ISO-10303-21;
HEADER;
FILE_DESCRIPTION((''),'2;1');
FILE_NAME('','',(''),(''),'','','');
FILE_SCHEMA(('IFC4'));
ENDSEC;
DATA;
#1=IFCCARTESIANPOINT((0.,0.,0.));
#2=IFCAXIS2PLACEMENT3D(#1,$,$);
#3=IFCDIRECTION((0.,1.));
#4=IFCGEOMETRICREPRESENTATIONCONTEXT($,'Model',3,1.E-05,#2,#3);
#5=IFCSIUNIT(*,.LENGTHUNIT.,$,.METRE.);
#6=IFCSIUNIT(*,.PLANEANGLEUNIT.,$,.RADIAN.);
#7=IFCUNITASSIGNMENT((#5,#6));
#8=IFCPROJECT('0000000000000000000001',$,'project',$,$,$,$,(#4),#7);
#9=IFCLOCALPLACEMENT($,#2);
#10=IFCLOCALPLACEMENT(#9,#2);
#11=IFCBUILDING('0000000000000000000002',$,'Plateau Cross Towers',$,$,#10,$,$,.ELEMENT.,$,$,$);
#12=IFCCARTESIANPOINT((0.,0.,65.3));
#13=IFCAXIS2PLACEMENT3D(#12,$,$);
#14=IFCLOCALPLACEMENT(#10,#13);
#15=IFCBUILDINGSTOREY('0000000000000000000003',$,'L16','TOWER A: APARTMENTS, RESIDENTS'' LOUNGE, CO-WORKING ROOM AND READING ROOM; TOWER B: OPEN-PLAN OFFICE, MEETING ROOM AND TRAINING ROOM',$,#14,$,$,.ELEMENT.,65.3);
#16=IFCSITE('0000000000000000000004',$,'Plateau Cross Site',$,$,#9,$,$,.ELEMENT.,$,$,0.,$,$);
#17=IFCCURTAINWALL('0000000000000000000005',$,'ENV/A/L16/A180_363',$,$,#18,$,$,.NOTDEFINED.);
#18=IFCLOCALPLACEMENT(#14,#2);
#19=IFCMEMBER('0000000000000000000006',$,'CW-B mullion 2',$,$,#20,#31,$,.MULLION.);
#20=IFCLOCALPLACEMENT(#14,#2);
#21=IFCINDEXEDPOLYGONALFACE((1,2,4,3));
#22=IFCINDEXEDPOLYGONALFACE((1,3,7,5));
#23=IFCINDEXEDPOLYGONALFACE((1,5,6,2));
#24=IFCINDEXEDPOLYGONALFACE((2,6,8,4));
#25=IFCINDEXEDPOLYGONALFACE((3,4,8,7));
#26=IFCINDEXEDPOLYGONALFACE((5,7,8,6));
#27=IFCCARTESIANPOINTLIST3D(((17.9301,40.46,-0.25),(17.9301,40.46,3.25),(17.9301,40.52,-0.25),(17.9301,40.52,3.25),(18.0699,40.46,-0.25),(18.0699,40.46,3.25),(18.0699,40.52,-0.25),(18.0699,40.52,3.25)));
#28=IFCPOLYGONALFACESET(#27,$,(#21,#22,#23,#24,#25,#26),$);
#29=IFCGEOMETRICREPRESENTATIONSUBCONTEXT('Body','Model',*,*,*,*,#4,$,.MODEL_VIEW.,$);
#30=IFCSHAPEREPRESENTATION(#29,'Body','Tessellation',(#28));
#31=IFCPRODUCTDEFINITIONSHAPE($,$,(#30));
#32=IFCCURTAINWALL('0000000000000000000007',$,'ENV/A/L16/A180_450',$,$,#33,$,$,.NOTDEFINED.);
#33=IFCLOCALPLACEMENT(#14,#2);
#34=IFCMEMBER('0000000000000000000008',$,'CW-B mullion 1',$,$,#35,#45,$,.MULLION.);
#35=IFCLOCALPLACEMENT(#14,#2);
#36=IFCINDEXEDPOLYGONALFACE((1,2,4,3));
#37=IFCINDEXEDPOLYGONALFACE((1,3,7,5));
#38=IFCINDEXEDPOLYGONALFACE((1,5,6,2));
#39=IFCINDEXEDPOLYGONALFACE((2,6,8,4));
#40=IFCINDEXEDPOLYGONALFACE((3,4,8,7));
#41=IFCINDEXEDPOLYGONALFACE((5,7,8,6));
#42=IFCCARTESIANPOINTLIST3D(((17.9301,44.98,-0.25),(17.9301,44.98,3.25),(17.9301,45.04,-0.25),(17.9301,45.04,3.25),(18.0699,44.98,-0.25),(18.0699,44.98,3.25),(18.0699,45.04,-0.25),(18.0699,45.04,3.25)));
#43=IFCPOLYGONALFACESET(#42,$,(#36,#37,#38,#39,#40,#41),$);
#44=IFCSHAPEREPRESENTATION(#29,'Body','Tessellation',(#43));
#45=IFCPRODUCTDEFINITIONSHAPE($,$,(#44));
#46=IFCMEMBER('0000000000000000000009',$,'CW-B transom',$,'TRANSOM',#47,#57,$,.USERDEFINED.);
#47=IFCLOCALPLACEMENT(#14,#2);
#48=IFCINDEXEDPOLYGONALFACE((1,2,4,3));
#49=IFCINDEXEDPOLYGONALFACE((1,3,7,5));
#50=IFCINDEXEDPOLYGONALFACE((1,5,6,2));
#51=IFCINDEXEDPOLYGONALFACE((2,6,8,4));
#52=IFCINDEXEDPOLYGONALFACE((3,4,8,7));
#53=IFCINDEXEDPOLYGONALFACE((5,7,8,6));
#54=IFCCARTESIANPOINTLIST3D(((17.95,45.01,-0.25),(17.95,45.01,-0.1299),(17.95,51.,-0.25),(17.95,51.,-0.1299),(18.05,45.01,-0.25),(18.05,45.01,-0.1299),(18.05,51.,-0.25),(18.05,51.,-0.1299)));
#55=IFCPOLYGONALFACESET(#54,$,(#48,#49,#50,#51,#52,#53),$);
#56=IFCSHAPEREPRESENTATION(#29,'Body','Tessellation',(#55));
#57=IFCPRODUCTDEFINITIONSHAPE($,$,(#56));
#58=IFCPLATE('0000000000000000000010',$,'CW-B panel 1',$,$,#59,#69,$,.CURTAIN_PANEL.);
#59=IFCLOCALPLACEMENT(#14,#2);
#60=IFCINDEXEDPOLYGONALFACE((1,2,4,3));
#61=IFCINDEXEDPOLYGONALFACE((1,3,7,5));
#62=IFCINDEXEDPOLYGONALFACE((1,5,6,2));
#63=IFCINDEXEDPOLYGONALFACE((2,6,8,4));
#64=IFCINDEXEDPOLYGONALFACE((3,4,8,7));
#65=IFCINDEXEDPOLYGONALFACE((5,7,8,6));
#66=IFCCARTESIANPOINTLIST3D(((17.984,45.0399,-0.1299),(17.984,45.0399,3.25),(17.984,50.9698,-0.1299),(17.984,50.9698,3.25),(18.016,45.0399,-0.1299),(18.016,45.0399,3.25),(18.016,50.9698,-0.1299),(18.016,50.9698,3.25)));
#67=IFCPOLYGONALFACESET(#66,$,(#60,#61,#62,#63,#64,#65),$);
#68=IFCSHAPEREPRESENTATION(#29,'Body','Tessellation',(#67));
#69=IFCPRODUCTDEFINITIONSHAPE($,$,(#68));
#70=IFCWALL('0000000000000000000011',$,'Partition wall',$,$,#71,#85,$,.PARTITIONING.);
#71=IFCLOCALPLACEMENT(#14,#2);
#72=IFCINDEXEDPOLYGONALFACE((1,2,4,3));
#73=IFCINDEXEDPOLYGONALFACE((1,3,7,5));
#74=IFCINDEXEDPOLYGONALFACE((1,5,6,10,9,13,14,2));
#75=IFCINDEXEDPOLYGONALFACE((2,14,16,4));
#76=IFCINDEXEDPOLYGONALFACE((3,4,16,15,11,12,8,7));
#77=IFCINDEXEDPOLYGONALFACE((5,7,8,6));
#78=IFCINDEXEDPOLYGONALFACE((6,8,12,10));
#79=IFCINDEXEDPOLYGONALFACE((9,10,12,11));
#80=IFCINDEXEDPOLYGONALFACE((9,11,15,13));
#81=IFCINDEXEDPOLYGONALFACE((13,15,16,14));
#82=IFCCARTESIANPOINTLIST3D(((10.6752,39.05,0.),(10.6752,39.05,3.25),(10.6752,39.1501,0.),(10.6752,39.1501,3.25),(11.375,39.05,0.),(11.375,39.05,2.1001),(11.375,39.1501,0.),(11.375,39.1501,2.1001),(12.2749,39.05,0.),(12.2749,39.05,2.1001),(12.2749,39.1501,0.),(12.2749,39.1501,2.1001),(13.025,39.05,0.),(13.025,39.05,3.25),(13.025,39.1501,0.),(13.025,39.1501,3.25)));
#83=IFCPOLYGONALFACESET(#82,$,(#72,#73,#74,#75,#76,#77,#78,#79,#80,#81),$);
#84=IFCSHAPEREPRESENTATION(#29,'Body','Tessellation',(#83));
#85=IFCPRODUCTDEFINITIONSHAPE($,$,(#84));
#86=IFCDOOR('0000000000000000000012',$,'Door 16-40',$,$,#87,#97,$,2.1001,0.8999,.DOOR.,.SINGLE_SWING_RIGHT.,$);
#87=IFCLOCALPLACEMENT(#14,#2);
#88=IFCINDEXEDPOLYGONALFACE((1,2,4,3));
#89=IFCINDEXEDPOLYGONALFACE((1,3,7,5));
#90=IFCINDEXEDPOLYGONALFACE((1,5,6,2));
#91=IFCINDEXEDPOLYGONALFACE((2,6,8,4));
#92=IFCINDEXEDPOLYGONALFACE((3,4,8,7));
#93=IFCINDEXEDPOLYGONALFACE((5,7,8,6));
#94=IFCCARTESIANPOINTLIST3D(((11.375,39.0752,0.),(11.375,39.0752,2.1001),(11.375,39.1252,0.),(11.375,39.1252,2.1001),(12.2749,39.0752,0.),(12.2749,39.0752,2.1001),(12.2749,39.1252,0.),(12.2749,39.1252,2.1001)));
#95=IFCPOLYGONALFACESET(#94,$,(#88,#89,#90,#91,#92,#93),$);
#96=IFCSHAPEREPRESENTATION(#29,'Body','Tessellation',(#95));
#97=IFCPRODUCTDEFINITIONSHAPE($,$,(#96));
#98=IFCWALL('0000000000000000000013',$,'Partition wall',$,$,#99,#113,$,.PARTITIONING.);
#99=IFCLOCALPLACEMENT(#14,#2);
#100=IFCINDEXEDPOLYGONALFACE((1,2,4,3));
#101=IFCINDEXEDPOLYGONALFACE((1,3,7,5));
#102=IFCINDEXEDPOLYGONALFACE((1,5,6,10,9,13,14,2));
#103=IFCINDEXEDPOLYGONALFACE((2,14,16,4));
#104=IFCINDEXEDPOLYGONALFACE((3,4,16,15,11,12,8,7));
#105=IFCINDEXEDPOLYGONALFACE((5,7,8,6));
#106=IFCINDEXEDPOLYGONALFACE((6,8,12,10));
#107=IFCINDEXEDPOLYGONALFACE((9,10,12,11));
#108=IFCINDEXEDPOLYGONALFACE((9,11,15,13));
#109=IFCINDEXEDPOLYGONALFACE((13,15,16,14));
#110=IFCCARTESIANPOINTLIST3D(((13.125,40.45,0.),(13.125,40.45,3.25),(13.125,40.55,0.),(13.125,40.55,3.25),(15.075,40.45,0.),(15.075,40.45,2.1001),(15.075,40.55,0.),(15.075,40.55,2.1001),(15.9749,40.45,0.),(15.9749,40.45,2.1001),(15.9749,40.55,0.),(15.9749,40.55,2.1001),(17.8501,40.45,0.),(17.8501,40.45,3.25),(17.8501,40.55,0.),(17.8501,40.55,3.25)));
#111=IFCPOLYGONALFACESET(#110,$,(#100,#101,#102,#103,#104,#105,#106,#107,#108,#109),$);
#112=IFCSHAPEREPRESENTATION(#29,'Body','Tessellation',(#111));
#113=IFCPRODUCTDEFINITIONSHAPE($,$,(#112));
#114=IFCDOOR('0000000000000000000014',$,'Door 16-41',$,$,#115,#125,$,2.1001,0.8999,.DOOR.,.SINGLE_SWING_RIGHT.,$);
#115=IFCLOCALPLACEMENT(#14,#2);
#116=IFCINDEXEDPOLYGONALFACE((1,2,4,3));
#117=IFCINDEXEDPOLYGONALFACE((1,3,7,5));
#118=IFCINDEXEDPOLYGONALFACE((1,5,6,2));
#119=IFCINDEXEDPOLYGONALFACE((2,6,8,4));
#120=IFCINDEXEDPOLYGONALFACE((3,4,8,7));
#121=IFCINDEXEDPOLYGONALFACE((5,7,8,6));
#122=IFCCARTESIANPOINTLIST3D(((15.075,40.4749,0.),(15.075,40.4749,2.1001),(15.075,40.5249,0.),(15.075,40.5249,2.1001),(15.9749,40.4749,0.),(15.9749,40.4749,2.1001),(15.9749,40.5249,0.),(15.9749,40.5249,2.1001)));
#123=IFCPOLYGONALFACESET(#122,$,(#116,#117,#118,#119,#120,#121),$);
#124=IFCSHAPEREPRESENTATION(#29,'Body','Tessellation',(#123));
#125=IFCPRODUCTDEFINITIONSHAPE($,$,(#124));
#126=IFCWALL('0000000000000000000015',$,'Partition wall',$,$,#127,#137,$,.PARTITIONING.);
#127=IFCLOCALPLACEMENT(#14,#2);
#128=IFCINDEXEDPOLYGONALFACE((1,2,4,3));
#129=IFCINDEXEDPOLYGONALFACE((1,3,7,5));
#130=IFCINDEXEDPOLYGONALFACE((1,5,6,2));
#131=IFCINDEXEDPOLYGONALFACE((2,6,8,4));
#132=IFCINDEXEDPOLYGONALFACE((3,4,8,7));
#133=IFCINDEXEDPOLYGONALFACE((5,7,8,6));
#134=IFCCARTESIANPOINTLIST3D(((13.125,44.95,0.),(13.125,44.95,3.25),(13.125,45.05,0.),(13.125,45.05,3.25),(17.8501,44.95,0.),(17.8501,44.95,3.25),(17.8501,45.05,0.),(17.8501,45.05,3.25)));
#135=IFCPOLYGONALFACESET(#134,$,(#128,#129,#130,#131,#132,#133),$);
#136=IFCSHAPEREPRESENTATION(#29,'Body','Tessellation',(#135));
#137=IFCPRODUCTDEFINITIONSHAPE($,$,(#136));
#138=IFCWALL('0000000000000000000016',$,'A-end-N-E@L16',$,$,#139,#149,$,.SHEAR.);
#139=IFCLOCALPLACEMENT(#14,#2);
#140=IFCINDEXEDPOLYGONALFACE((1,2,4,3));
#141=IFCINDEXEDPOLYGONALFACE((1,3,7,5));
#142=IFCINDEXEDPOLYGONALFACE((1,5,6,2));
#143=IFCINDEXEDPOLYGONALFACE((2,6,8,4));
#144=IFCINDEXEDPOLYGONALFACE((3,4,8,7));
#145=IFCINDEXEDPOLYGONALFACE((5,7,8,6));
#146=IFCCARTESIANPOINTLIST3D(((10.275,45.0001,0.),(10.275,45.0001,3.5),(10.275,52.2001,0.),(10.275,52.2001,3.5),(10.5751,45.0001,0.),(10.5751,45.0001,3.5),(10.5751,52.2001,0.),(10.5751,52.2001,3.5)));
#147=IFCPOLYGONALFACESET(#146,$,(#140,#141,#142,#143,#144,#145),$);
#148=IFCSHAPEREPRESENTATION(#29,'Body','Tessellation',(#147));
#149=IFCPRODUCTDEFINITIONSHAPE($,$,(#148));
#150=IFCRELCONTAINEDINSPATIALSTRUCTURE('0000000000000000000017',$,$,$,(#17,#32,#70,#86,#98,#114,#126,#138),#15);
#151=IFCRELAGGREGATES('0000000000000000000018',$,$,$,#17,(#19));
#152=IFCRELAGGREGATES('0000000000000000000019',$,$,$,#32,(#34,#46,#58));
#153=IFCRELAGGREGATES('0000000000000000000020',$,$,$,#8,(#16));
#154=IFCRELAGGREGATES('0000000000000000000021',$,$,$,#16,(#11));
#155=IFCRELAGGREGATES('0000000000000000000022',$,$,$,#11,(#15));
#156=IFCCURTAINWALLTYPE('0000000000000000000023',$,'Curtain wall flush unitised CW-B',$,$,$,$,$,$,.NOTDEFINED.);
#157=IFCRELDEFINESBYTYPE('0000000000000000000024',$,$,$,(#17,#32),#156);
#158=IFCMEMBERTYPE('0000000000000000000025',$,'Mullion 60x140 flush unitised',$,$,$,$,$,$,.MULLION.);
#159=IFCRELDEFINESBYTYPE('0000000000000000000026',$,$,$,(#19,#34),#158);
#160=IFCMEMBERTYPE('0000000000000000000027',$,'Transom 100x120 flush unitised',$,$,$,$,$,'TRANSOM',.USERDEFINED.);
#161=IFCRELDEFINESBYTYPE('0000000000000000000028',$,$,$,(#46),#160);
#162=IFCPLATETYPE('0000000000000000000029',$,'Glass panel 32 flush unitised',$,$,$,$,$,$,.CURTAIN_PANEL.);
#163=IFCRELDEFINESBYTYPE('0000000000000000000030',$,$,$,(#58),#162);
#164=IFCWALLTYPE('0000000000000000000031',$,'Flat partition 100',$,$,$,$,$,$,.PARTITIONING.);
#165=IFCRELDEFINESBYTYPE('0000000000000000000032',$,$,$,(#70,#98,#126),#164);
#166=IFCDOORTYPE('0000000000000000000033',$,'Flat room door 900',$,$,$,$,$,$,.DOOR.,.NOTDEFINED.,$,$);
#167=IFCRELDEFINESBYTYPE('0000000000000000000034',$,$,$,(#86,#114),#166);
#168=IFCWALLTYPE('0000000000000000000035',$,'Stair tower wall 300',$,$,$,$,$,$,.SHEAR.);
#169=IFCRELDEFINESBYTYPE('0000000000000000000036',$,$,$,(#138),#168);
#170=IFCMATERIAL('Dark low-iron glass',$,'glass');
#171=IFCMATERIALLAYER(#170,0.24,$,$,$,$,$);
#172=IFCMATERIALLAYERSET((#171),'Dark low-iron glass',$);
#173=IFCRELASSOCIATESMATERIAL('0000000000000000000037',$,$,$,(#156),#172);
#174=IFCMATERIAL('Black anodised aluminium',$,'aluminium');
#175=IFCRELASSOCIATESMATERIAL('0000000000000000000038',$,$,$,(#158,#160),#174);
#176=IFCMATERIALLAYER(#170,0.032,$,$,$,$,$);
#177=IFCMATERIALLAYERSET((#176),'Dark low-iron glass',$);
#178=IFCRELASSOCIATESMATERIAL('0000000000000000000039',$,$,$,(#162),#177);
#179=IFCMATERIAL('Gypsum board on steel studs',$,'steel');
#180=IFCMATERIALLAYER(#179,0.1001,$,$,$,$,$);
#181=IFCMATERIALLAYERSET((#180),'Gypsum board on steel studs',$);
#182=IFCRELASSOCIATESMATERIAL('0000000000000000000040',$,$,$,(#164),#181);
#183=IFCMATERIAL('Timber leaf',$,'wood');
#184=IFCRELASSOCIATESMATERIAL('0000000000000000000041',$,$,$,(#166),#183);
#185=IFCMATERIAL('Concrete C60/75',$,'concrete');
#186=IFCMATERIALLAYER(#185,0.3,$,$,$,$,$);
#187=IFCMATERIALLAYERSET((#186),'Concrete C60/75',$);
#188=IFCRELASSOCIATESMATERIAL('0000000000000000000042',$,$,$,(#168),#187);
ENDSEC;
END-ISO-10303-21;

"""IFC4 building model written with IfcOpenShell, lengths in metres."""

from ifc_helpers import new_model, si_unit, direction, frame, frame_2d, origin, origin_2d, place, context, subcontext, project, spatial, rectangle, extrude, material, layer, layer_set, material_profile, profile_set, type_object, element, fill, aggregate, save


model = new_model("IFC4")

# Units and contexts
model_context = context("Model", 3, precision=1e-05, world=origin(), true_north=direction((0.0, 1.0)))
body_context = subcontext(model_context, "Body", "Model", "MODEL_VIEW")
ifc_project = project(units=[si_unit("LENGTHUNIT", "METRE"), si_unit("PLANEANGLEUNIT", "RADIAN")], contexts=[model_context])

# Site, building, storey
site_placement = place(None, origin())
site = spatial("IfcSite", under=ifc_project, at=site_placement, Name="Plateau Cross Site", CompositionType="ELEMENT", RefElevation=0.0)
building_placement = place(site_placement, origin())
building = spatial("IfcBuilding", under=site, at=building_placement, Name="Plateau Cross Towers", CompositionType="ELEMENT")
storey_placement = place(building_placement, frame((0.0, 0.0, 65.3)))
storey = spatial("IfcBuildingStorey", under=building, at=storey_placement, Name="L16", Description="TOWER A: APARTMENTS, RESIDENTS' LOUNGE, CO-WORKING ROOM AND READING ROOM; TOWER B: OPEN-PLAN OFFICE, MEETING ROOM AND TRAINING ROOM", CompositionType="ELEMENT", Elevation=65.3)

# Curtain wall, member
ifc_material_1 = material(Name="Dark low-iron glass", Category="glass")
ifc_layer_1 = layer(ifc_material_1, 0.24)
ifc_layer_set_1 = layer_set([ifc_layer_1], Name="Dark low-iron glass")
curtain_wall_type = type_object("IfcCurtainWallType", Name="Curtain wall flush unitised CW-B", PredefinedType="NOTDEFINED", material=ifc_layer_set_1)
curtain_wall_1_placement = place(storey_placement, origin())
curtain_wall_1 = element("IfcCurtainWall", 1, at=curtain_wall_1_placement, inside=storey, type_object=curtain_wall_type, Name="ENV/A/L16/A180_363", PredefinedType="NOTDEFINED")
ifc_material_2 = material(Name="Black anodised aluminium", Category="aluminium")
ifc_material_profile_1 = material_profile(ifc_material_2, rectangle(XDim=0.0601, YDim=0.1399, at=origin_2d()), Name="MULLION 60x140")
ifc_profile_set_1 = profile_set([ifc_material_profile_1], Name="Black anodised aluminium")
member_type_1 = type_object("IfcMemberType", Name="Mullion 60x140 flush unitised", PredefinedType="MULLION", material=ifc_profile_set_1)
member_1_placement = place(storey_placement, frame((18.0, 40.49, -0.25), z_axis=(0.0, 0.0, 1.0), x_axis=(0.0, 1.0, 0.0)))
member_1 = element("IfcMember", 2, at=member_1_placement, type_object=member_type_1, Name="CW-B mullion 2", PredefinedType="MULLION", context=body_context, shape_type="SweptSolid", body=[
    extrude(rectangle(XDim=0.0601, YDim=0.1399, at=origin_2d()), origin(), (0.0, 0.0, 1.0), 3.5),
])
aggregate(curtain_wall_1, [member_1])

# Curtain wall, members, plate
curtain_wall_2_placement = place(storey_placement, origin())
curtain_wall_2 = element("IfcCurtainWall", 3, at=curtain_wall_2_placement, inside=storey, type_object=curtain_wall_type, Name="ENV/A/L16/A180_450", PredefinedType="NOTDEFINED")
member_2_placement = place(storey_placement, frame((18.0, 45.01, -0.25), z_axis=(0.0, 0.0, 1.0), x_axis=(0.0, 1.0, 0.0)))
member_2 = element("IfcMember", 4, at=member_2_placement, type_object=member_type_1, Name="CW-B mullion 1", PredefinedType="MULLION", context=body_context, shape_type="SweptSolid", body=[
    extrude(rectangle(XDim=0.0601, YDim=0.1399, at=origin_2d()), origin(), (0.0, 0.0, 1.0), 3.5),
])
ifc_material_profile_2 = material_profile(ifc_material_2, rectangle(XDim=0.1001, YDim=0.1201, at=origin_2d()), Name="TRANSOM 100x120")
ifc_profile_set_2 = profile_set([ifc_material_profile_2], Name="Black anodised aluminium")
member_type_2 = type_object("IfcMemberType", Name="Transom 100x120 flush unitised", ElementType="TRANSOM", PredefinedType="USERDEFINED", material=ifc_profile_set_2)
member_3_placement = place(storey_placement, frame((18.0, 45.01, -0.1899), z_axis=(0.0, 1.0, 0.0), x_axis=(-1.0, 0.0, 0.0)))
member_3 = element("IfcMember", 5, at=member_3_placement, type_object=member_type_2, Name="CW-B transom", ObjectType="TRANSOM", PredefinedType="USERDEFINED", context=body_context, shape_type="SweptSolid", body=[
    extrude(rectangle(XDim=0.1001, YDim=0.1201, at=origin_2d()), origin(), (0.0, 0.0, 1.0), 5.99),
])
ifc_layer_2 = layer(ifc_material_1, 0.032)
ifc_layer_set_2 = layer_set([ifc_layer_2], Name="Dark low-iron glass")
plate_type = type_object("IfcPlateType", Name="Glass panel 32 flush unitised", PredefinedType="CURTAIN_PANEL", material=ifc_layer_set_2)
plate_placement = place(storey_placement, frame((18.0, 48.0049, -0.1299), z_axis=(0.0, 0.0, 1.0), x_axis=(0.0, 1.0, 0.0)))
plate = element("IfcPlate", 6, at=plate_placement, type_object=plate_type, Name="CW-B panel 1", PredefinedType="CURTAIN_PANEL", context=body_context, shape_type="SweptSolid", body=[
    extrude(rectangle(XDim=5.9299, YDim=0.032, at=origin_2d()), origin(), (0.0, 0.0, 1.0), 3.3799),
])
aggregate(curtain_wall_2, [member_2, member_3, plate])

# Walls, openings, doors
ifc_material_3 = material(Name="Gypsum board on steel studs", Category="steel")
ifc_layer_3 = layer(ifc_material_3, 0.1001)
ifc_layer_set_3 = layer_set([ifc_layer_3], Name="Gypsum board on steel studs")
wall_type_1 = type_object("IfcWallType", Name="Flat partition 100", PredefinedType="PARTITIONING", material=ifc_layer_set_3)
wall_1_placement = place(storey_placement, frame((13.0249, 39.1001, 0.0), z_axis=(0.0, 0.0, 1.0), x_axis=(-1.0, 0.0, 0.0)))
wall_1 = element("IfcWall", 7, at=wall_1_placement, inside=storey, type_object=wall_type_1, Name="Partition wall", PredefinedType="PARTITIONING", context=body_context, shape_type="SweptSolid", body=[
    extrude(rectangle(XDim=2.3499, YDim=0.1001, at=frame_2d((1.1748, 0.0))), origin(), (0.0, 0.0, 1.0), 3.25),
])
opening_1_placement = place(wall_1_placement, frame((0.75, 0.0, 0.0)))
opening_1 = element("IfcOpeningElement", 8, at=opening_1_placement, cuts=wall_1, PredefinedType="OPENING", context=body_context, shape_type="SweptSolid", body=[
    extrude(rectangle(XDim=0.8999, YDim=2.1001, at=frame_2d((0.45, 1.05))), frame((0.0, 0.0601, 0.0), z_axis=(0.0, -1.0, 0.0), x_axis=(1.0, 0.0, 0.0)), (0.0, 0.0, 1.0), 0.1201),
])
ifc_material_4 = material(Name="Timber leaf", Category="wood")
door_type_1 = type_object("IfcDoorType", Name="Flat room door 900", OperationType="NOTDEFINED", PredefinedType="DOOR", material=ifc_material_4)
door_1_placement = place(opening_1_placement, origin())
door_1 = element("IfcDoor", 9, at=door_1_placement, inside=storey, type_object=door_type_1, Name="Door 16-40", OperationType="SINGLE_SWING_RIGHT", OverallHeight=2.1001, OverallWidth=0.8999, PredefinedType="DOOR", context=body_context, shape_type="SweptSolid", body=[
    extrude(rectangle(XDim=0.8999, YDim=2.1001, at=frame_2d((0.45, 1.05))), frame((0.0, 0.0249, 0.0), z_axis=(0.0, -1.0, 0.0), x_axis=(1.0, 0.0, 0.0)), (0.0, 0.0, 1.0), 0.05),
])
fill(opening_1, door_1)
wall_2_placement = place(storey_placement, frame((13.125, 40.5, 0.0), z_axis=(0.0, 0.0, 1.0), x_axis=(1.0, 0.0, 0.0)))
wall_2 = element("IfcWall", 10, at=wall_2_placement, inside=storey, type_object=wall_type_1, Name="Partition wall", PredefinedType="PARTITIONING", context=body_context, shape_type="SweptSolid", body=[
    extrude(rectangle(XDim=4.7251, YDim=0.1001, at=frame_2d((2.3625, 0.0))), origin(), (0.0, 0.0, 1.0), 3.25),
])
opening_2_placement = place(wall_2_placement, frame((1.95, 0.0, 0.0)))
opening_2 = element("IfcOpeningElement", 11, at=opening_2_placement, cuts=wall_2, PredefinedType="OPENING", context=body_context, shape_type="SweptSolid", body=[
    extrude(rectangle(XDim=0.8999, YDim=2.1001, at=frame_2d((0.45, 1.05))), frame((0.0, 0.0601, 0.0), z_axis=(0.0, -1.0, 0.0), x_axis=(1.0, 0.0, 0.0)), (0.0, 0.0, 1.0), 0.1201),
])
door_2_placement = place(opening_2_placement, origin())
door_2 = element("IfcDoor", 12, at=door_2_placement, inside=storey, type_object=door_type_1, Name="Door 16-41", OperationType="SINGLE_SWING_RIGHT", OverallHeight=2.1001, OverallWidth=0.8999, PredefinedType="DOOR", context=body_context, shape_type="SweptSolid", body=[
    extrude(rectangle(XDim=0.8999, YDim=2.1001, at=frame_2d((0.45, 1.05))), frame((0.0, 0.0249, 0.0), z_axis=(0.0, -1.0, 0.0), x_axis=(1.0, 0.0, 0.0)), (0.0, 0.0, 1.0), 0.05),
])
fill(opening_2, door_2)

# Walls
wall_3_placement = place(storey_placement, frame((17.8501, 45.0, 0.0), z_axis=(0.0, 0.0, 1.0), x_axis=(-1.0, 0.0, 0.0)))
element("IfcWall", 13, at=wall_3_placement, inside=storey, type_object=wall_type_1, Name="Partition wall", PredefinedType="PARTITIONING", context=body_context, shape_type="SweptSolid", body=[
    extrude(rectangle(XDim=4.7251, YDim=0.1001, at=frame_2d((2.3625, 0.0))), origin(), (0.0, 0.0, 1.0), 3.25),
])
ifc_material_5 = material(Name="Concrete C60/75", Category="concrete")
ifc_layer_4 = layer(ifc_material_5, 0.3)
ifc_layer_set_4 = layer_set([ifc_layer_4], Name="Concrete C60/75")
wall_type_2 = type_object("IfcWallType", Name="Stair tower wall 300", PredefinedType="SHEAR", material=ifc_layer_set_4)
wall_4_placement = place(storey_placement, frame((10.425, 45.0, 0.0), z_axis=(0.0, 0.0, 1.0), x_axis=(0.0, 1.0, 0.0)))
element("IfcWall", 14, at=wall_4_placement, inside=storey, type_object=wall_type_2, Name="A-end-N-E@L16", PredefinedType="SHEAR", context=body_context, shape_type="SweptSolid", body=[
    extrude(rectangle(XDim=7.2, YDim=0.3, at=frame_2d((3.6001, 0.0))), origin(), (0.0, 0.0, 1.0), 3.5),
])

save(model, "model.ifc")
